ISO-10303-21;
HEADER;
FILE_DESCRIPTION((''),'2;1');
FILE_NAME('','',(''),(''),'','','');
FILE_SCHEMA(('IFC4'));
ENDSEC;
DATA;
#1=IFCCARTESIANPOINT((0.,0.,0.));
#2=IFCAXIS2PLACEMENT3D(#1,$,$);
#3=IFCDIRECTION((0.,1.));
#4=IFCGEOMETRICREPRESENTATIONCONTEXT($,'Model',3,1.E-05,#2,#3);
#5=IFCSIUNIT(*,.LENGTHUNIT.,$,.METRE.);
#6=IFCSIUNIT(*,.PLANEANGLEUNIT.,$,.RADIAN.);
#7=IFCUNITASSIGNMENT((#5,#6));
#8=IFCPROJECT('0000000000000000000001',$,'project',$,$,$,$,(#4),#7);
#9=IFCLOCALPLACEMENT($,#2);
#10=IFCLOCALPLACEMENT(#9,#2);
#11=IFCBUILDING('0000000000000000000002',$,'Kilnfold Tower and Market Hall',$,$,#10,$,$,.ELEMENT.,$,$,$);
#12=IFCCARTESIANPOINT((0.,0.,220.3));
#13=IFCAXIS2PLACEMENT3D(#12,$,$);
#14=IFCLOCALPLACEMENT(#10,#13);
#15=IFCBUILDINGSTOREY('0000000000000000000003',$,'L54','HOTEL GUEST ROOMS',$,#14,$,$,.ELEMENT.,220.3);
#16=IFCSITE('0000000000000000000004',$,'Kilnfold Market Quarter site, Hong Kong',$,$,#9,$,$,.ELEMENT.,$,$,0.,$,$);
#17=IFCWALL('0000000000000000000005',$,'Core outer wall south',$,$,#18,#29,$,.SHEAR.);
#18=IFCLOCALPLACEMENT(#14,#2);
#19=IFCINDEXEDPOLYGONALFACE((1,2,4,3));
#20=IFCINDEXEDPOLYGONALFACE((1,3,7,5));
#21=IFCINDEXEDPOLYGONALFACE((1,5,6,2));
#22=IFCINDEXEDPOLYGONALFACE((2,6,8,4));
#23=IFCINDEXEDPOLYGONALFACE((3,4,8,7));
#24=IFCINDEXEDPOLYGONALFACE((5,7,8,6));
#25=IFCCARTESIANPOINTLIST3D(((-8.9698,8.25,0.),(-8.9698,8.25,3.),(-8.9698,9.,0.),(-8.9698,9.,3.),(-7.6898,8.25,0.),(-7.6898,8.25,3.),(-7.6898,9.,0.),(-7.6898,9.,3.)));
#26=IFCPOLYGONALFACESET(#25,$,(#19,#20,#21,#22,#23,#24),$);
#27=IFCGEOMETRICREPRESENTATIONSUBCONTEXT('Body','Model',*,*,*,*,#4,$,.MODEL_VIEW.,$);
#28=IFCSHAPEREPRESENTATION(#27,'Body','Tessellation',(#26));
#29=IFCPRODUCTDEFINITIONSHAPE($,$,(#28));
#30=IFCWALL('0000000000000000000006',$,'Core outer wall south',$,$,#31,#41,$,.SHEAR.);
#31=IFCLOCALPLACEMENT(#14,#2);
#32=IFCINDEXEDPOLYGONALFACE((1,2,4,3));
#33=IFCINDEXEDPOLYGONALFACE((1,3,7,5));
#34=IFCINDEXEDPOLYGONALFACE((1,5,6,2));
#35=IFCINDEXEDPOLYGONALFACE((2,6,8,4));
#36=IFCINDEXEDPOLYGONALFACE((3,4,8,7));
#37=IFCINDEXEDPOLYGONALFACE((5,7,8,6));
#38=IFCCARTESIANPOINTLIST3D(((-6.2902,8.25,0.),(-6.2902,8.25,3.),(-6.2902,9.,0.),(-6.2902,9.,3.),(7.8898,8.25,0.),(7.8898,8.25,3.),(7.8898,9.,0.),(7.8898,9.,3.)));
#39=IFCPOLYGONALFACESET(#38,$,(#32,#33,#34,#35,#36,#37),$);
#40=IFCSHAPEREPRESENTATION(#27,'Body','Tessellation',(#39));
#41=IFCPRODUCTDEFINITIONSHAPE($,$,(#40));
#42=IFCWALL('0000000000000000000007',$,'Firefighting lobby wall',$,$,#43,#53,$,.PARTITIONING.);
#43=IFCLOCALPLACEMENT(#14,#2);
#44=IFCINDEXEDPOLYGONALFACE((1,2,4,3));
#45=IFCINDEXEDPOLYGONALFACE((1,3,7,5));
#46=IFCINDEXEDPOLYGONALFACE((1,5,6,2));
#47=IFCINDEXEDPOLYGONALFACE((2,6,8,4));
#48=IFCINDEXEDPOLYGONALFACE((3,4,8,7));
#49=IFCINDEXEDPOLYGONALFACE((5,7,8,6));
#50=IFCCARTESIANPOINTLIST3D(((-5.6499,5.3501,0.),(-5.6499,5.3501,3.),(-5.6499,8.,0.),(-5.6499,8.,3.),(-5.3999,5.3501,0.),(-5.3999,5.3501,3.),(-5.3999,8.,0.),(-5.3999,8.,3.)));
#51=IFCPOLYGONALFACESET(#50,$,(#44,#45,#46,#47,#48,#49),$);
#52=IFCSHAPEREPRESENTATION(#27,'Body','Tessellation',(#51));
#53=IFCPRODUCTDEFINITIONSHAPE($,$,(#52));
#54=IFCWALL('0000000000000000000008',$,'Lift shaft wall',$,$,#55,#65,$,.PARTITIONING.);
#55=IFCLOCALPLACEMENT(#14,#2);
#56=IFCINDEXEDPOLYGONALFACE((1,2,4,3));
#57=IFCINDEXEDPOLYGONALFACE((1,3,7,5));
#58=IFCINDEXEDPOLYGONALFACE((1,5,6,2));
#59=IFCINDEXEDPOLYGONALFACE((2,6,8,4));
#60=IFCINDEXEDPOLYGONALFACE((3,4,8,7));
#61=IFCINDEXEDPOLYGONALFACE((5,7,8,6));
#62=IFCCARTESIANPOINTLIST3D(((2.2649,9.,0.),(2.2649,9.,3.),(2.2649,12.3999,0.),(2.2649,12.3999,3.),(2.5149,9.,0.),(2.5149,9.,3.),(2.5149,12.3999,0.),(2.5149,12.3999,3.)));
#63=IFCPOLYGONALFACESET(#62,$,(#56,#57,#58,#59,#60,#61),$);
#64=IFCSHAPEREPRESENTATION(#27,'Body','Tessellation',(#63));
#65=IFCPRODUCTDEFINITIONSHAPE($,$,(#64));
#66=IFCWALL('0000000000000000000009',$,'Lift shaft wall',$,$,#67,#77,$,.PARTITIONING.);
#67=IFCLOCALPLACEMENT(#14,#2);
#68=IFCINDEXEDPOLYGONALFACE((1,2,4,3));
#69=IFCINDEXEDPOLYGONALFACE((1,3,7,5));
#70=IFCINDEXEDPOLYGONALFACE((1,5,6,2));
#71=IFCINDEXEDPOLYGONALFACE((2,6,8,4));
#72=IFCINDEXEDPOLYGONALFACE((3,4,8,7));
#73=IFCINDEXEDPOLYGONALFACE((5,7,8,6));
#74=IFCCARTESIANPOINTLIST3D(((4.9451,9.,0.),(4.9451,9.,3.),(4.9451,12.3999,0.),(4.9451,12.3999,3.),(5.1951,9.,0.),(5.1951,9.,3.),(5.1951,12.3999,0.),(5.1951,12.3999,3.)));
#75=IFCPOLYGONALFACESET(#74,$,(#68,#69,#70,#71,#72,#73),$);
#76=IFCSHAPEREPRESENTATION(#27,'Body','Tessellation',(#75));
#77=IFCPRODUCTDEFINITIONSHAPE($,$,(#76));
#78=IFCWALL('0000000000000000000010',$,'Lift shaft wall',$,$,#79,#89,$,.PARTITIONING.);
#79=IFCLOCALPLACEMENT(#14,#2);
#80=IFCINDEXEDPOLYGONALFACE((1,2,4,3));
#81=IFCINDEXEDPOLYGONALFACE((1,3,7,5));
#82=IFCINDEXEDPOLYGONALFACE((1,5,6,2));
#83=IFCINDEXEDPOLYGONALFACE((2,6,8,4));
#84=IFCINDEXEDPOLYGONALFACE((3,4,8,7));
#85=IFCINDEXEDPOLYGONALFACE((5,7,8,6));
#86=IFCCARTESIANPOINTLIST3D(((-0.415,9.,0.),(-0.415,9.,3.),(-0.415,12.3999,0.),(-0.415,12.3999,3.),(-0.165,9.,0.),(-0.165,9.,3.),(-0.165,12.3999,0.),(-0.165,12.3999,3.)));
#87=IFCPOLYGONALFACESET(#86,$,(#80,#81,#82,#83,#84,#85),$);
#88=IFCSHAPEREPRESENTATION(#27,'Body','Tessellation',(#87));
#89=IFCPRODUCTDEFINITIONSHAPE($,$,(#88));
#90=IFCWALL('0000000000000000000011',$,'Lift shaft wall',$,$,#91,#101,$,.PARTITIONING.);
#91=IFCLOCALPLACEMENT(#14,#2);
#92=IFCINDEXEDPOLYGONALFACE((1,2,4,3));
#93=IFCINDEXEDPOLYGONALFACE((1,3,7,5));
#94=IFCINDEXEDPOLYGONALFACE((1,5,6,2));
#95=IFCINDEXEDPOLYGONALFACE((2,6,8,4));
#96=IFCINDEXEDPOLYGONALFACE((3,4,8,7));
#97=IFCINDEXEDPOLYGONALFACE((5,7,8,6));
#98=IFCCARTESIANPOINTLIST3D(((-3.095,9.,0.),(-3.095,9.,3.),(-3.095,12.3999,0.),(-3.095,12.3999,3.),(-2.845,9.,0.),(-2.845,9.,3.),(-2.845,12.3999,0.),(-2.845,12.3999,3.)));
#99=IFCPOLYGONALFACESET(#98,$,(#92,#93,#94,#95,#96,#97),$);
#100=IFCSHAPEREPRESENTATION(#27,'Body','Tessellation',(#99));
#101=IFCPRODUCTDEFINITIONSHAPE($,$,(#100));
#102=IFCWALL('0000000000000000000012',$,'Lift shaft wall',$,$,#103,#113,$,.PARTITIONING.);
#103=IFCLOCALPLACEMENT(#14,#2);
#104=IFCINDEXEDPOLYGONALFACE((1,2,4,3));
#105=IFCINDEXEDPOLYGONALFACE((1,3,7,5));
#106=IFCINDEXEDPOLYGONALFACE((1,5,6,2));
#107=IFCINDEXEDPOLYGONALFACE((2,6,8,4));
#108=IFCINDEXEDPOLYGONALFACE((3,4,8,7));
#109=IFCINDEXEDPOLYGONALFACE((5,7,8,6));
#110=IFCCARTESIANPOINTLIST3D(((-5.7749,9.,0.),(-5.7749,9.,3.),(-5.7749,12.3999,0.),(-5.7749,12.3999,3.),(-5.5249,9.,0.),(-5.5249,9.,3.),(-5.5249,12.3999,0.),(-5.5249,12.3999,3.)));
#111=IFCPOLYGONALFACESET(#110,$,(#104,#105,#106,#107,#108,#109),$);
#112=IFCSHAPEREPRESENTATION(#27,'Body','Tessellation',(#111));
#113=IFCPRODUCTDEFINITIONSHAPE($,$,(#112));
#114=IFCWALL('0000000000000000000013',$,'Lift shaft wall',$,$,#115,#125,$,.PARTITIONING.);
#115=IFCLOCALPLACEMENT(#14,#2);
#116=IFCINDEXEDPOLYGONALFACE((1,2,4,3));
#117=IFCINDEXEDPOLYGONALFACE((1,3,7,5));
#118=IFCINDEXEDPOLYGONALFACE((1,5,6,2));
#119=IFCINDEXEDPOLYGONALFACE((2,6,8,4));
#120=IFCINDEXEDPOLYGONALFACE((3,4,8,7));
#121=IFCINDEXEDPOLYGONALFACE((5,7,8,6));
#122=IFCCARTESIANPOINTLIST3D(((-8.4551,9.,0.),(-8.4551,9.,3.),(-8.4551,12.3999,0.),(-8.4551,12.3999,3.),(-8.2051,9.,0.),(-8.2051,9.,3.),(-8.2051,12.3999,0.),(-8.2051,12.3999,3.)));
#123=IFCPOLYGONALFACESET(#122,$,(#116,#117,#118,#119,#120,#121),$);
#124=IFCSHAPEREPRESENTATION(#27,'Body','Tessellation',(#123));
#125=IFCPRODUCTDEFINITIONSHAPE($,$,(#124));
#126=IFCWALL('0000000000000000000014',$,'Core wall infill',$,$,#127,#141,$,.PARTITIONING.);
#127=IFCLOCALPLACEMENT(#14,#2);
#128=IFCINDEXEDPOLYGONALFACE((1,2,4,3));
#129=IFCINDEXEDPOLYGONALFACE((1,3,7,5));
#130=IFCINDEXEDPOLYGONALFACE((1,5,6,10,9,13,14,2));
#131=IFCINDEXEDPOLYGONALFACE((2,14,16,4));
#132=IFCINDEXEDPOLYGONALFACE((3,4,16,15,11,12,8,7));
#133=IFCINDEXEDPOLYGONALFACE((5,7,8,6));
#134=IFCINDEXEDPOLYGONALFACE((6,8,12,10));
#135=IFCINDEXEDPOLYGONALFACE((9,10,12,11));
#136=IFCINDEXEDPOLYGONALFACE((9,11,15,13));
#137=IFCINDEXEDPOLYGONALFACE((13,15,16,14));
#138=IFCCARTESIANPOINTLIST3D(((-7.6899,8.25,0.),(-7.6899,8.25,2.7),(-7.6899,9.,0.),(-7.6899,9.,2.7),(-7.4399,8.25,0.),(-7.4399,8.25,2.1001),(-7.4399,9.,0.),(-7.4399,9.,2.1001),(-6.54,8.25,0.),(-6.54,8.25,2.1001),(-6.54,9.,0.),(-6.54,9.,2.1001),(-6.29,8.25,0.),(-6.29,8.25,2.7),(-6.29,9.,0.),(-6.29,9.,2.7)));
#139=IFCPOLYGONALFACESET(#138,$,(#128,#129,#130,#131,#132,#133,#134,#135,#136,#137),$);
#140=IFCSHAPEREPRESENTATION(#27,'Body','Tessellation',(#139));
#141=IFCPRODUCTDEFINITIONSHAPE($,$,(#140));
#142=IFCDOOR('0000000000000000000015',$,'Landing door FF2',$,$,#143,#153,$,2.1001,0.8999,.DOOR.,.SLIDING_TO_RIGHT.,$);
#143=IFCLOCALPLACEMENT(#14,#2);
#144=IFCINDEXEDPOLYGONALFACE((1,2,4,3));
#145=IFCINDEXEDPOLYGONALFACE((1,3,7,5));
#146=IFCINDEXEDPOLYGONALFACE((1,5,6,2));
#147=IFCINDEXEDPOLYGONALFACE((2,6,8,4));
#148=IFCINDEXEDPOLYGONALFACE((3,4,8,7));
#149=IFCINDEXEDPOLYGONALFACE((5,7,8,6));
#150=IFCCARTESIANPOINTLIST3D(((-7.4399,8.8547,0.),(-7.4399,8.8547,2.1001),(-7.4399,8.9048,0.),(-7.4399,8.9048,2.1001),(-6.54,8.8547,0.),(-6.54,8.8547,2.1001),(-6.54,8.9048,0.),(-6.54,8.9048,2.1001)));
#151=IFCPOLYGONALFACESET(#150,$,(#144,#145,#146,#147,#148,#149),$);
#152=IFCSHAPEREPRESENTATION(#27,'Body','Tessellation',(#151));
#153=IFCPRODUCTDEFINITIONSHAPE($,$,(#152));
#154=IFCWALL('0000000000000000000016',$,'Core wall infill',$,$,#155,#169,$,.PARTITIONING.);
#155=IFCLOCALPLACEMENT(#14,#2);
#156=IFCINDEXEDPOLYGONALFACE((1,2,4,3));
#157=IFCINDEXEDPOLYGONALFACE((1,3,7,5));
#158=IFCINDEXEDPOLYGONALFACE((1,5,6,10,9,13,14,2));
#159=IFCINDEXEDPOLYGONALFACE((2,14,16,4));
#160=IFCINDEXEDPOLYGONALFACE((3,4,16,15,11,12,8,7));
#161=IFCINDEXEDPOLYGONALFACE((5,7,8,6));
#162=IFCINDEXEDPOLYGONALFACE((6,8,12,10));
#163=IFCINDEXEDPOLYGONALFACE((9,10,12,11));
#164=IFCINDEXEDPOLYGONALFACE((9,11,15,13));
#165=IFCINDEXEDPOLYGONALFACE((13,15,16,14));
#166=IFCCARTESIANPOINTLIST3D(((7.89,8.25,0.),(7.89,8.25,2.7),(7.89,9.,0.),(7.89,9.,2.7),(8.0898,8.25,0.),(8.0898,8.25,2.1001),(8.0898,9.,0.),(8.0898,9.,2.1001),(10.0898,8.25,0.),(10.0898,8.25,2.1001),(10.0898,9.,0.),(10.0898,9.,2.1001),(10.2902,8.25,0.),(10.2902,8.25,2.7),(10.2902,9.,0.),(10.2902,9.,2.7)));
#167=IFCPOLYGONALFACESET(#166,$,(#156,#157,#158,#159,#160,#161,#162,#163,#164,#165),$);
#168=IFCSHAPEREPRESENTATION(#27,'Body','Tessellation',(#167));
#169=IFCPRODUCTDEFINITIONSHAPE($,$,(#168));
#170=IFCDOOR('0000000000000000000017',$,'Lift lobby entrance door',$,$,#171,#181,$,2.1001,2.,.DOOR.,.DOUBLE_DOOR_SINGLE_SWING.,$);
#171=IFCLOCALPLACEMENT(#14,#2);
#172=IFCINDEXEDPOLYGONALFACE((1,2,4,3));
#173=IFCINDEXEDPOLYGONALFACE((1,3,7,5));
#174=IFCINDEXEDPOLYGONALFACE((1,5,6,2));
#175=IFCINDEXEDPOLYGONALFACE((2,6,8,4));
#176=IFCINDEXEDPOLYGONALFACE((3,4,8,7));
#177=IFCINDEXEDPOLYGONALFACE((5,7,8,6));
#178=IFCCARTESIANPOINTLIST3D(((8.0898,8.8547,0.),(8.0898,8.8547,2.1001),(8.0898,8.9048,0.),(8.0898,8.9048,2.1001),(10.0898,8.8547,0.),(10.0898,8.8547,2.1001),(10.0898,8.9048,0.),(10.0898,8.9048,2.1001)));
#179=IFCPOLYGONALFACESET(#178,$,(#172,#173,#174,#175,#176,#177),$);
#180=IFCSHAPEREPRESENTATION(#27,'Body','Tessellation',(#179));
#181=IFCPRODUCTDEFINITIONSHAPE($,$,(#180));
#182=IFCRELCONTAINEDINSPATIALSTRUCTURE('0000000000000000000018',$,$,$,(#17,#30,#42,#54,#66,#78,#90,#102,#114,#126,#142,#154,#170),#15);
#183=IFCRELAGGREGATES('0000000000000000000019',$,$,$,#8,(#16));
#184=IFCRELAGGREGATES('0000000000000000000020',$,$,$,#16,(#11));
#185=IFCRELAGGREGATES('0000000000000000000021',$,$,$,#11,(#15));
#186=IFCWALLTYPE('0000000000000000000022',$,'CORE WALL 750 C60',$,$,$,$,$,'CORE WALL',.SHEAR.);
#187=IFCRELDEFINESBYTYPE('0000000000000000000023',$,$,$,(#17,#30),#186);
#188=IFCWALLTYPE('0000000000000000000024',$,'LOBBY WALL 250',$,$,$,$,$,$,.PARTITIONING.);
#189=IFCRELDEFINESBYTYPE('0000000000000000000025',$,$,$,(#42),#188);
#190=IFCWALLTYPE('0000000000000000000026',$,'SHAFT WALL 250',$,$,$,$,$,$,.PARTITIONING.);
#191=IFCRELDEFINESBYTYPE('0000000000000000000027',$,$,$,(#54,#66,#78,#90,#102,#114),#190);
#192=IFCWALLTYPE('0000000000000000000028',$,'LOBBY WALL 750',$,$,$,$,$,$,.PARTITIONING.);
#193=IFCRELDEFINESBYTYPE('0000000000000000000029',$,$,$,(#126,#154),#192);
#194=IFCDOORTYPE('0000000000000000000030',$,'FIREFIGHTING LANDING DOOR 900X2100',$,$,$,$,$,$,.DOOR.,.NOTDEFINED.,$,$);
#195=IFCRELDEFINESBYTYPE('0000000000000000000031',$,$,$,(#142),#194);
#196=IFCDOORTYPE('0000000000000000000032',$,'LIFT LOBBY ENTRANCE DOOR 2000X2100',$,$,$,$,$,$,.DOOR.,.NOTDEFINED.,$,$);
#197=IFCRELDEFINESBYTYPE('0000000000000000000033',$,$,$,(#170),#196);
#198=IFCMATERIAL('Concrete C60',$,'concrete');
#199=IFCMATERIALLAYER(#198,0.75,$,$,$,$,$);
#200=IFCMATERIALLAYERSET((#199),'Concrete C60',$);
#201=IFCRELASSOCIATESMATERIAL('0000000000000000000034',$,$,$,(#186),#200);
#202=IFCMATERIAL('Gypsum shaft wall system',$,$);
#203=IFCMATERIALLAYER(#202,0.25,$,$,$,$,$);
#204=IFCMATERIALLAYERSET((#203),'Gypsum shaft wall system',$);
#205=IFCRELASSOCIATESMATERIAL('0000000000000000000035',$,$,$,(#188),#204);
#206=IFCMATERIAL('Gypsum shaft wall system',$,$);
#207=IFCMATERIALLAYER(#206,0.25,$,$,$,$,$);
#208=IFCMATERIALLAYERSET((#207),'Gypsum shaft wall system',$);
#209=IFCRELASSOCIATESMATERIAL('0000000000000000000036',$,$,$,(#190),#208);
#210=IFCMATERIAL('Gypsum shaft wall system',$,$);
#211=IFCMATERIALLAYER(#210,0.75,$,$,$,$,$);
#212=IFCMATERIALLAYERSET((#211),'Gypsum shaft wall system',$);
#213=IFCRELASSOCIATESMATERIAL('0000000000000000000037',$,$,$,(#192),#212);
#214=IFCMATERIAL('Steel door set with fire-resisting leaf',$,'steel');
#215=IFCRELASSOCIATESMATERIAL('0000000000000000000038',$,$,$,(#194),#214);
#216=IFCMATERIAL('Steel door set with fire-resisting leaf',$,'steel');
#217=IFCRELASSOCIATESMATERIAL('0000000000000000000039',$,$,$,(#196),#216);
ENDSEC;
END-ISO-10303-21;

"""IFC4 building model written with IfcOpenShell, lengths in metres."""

from ifc_helpers import new_model, si_unit, direction, frame, frame_2d, origin, place, context, subcontext, project, spatial, rectangle, extrude, source, transform, mapped, material, layer, layer_set, type_object, element, fill, save


model = new_model("IFC4")

# Units and contexts
model_context = context("Model", 3, precision=1e-05, world=origin(), true_north=direction((0.0, 1.0)))
body_context = subcontext(model_context, "Body", "Model", "MODEL_VIEW")
ifc_project = project(units=[si_unit("LENGTHUNIT", "METRE"), si_unit("PLANEANGLEUNIT", "RADIAN")], contexts=[model_context])

# Site, building, storey
site_placement = place(None, origin())
site = spatial("IfcSite", under=ifc_project, at=site_placement, Name="Kilnfold Market Quarter site, Hong Kong", CompositionType="ELEMENT", RefElevation=0.0)
building_placement = place(site_placement, origin())
building = spatial("IfcBuilding", under=site, at=building_placement, Name="Kilnfold Tower and Market Hall", CompositionType="ELEMENT")
storey_placement = place(building_placement, frame((0.0, 0.0, 220.3)))
storey = spatial("IfcBuildingStorey", under=building, at=storey_placement, Name="L54", Description="HOTEL GUEST ROOMS", CompositionType="ELEMENT", Elevation=220.3)

# Walls
ifc_material_1 = material(Name="Concrete C60", Category="concrete")
ifc_layer_1 = layer(ifc_material_1, 0.75)
ifc_layer_set_1 = layer_set([ifc_layer_1], Name="Concrete C60")
wall_type_1 = type_object("IfcWallType", Name="CORE WALL 750 C60", ElementType="CORE WALL", PredefinedType="SHEAR", material=ifc_layer_set_1)
shared_shape_1 = source(origin(), body_context, "Body", "SweptSolid", [
    extrude(rectangle(XDim=1.28, YDim=0.75, at=frame_2d((0.6401, 0.0))), origin(), (0.0, 0.0, 1.0), 3.0),
])
wall_1_placement = place(storey_placement, frame((-8.97, 8.625, 0.0), z_axis=(0.0, 0.0, 1.0), x_axis=(1.0, 0.0, 0.0)))
element("IfcWall", 1, at=wall_1_placement, inside=storey, type_object=wall_type_1, Name="Core outer wall south", PredefinedType="SHEAR", context=body_context, shape_type="MappedRepresentation", body=[
    mapped(shared_shape_1, transform((0.0, 0.0, 0.0))),
])
shared_shape_2 = source(origin(), body_context, "Body", "SweptSolid", [
    extrude(rectangle(XDim=14.1799, YDim=0.75, at=frame_2d((7.0898, 0.0))), origin(), (0.0, 0.0, 1.0), 3.0),
])
wall_2_placement = place(storey_placement, frame((-6.29, 8.625, 0.0), z_axis=(0.0, 0.0, 1.0), x_axis=(1.0, 0.0, 0.0)))
element("IfcWall", 2, at=wall_2_placement, inside=storey, type_object=wall_type_1, Name="Core outer wall south", PredefinedType="SHEAR", context=body_context, shape_type="MappedRepresentation", body=[
    mapped(shared_shape_2, transform((0.0, 0.0, 0.0))),
])
ifc_material_2 = material(Name="Gypsum shaft wall system")
ifc_layer_2 = layer(ifc_material_2, 0.25)
ifc_layer_set_2 = layer_set([ifc_layer_2], Name="Gypsum shaft wall system")
wall_type_2 = type_object("IfcWallType", Name="LOBBY WALL 250", PredefinedType="PARTITIONING", material=ifc_layer_set_2)
shared_shape_3 = source(origin(), body_context, "Body", "SweptSolid", [
    extrude(rectangle(XDim=2.6499, YDim=0.25, at=frame_2d((1.325, 0.0))), origin(), (0.0, 0.0, 1.0), 3.0),
])
wall_3_placement = place(storey_placement, frame((-5.5249, 5.3501, 0.0), z_axis=(0.0, 0.0, 1.0), x_axis=(0.0, 1.0, 0.0)))
element("IfcWall", 3, at=wall_3_placement, inside=storey, type_object=wall_type_2, Name="Firefighting lobby wall", PredefinedType="PARTITIONING", context=body_context, shape_type="MappedRepresentation", body=[
    mapped(shared_shape_3, transform((0.0, 0.0, 0.0))),
])
ifc_material_3 = material(Name="Gypsum shaft wall system")
ifc_layer_3 = layer(ifc_material_3, 0.25)
ifc_layer_set_3 = layer_set([ifc_layer_3], Name="Gypsum shaft wall system")
wall_type_3 = type_object("IfcWallType", Name="SHAFT WALL 250", PredefinedType="PARTITIONING", material=ifc_layer_set_3)
shared_shape_4 = source(origin(), body_context, "Body", "SweptSolid", [
    extrude(rectangle(XDim=3.3999, YDim=0.25, at=frame_2d((1.7, 0.0))), origin(), (0.0, 0.0, 1.0), 3.0),
])
for number, where, z_axis, x_axis, name in (
    (4, (2.3899, 9.0, 0.0), (0.0, 0.0, 1.0), (0.0, 1.0, 0.0), "Lift shaft wall"),
    (5, (5.0701, 9.0, 0.0), (0.0, 0.0, 1.0), (0.0, 1.0, 0.0), "Lift shaft wall"),
    (6, (-0.29, 9.0, 0.0), (0.0, 0.0, 1.0), (0.0, 1.0, 0.0), "Lift shaft wall"),
    (7, (-2.97, 9.0, 0.0), (0.0, 0.0, 1.0), (0.0, 1.0, 0.0), "Lift shaft wall"),
    (8, (-5.6499, 9.0, 0.0), (0.0, 0.0, 1.0), (0.0, 1.0, 0.0), "Lift shaft wall"),
    (9, (-8.3301, 9.0, 0.0), (0.0, 0.0, 1.0), (0.0, 1.0, 0.0), "Lift shaft wall"),
):
    element("IfcWall", number, at=place(storey_placement, frame(where, z_axis=z_axis, x_axis=x_axis)), inside=storey, type_object=wall_type_3, Name=name, PredefinedType="PARTITIONING", context=body_context, shape_type="MappedRepresentation", body=[
        mapped(shared_shape_4, transform((0.0, 0.0, 0.0))),
    ])

# Walls, openings, doors
ifc_material_4 = material(Name="Gypsum shaft wall system")
ifc_layer_4 = layer(ifc_material_4, 0.75)
ifc_layer_set_4 = layer_set([ifc_layer_4], Name="Gypsum shaft wall system")
wall_type_4 = type_object("IfcWallType", Name="LOBBY WALL 750", PredefinedType="PARTITIONING", material=ifc_layer_set_4)
shared_shape_5 = source(origin(), body_context, "Body", "SweptSolid", [
    extrude(rectangle(XDim=1.3999, YDim=0.75, at=frame_2d((0.7, 0.0))), origin(), (0.0, 0.0, 1.0), 2.7),
])
wall_4_placement = place(storey_placement, frame((-7.6899, 8.625, 0.0), z_axis=(0.0, 0.0, 1.0), x_axis=(1.0, 0.0, 0.0)))
wall_4 = element("IfcWall", 10, at=wall_4_placement, inside=storey, type_object=wall_type_4, Name="Core wall infill", PredefinedType="PARTITIONING", context=body_context, shape_type="MappedRepresentation", body=[
    mapped(shared_shape_5, transform((0.0, 0.0, 0.0))),
])
opening_1_placement = place(wall_4_placement, frame((0.25, 0.0, 0.0)))
opening_1 = element("IfcOpeningElement", 11, at=opening_1_placement, cuts=wall_4, PredefinedType="OPENING", context=body_context, shape_type="SweptSolid", body=[
    extrude(rectangle(XDim=0.8999, YDim=2.1001, at=frame_2d((0.45, 1.05))), frame((0.0, 0.385, 0.0), z_axis=(0.0, -1.0, 0.0), x_axis=(1.0, 0.0, 0.0)), (0.0, 0.0, 1.0), 0.77),
])
ifc_material_5 = material(Name="Steel door set with fire-resisting leaf", Category="steel")
door_type_1 = type_object("IfcDoorType", Name="FIREFIGHTING LANDING DOOR 900X2100", OperationType="NOTDEFINED", PredefinedType="DOOR", material=ifc_material_5)
door_1_placement = place(opening_1_placement, origin())
door_1 = element("IfcDoor", 12, at=door_1_placement, inside=storey, type_object=door_type_1, Name="Landing door FF2", OperationType="SLIDING_TO_RIGHT", OverallHeight=2.1001, OverallWidth=0.8999, PredefinedType="DOOR", context=body_context, shape_type="SweptSolid", body=[
    extrude(rectangle(XDim=0.8999, YDim=2.1001, at=frame_2d((0.45, 1.05))), frame((0.0, 0.2798, 0.0), z_axis=(0.0, -1.0, 0.0), x_axis=(1.0, 0.0, 0.0)), (0.0, 0.0, 1.0), 0.05),
])
fill(opening_1, door_1)
shared_shape_6 = source(origin(), body_context, "Body", "SweptSolid", [
    extrude(rectangle(XDim=2.4001, YDim=0.75, at=frame_2d((1.2002, 0.0))), origin(), (0.0, 0.0, 1.0), 2.7),
])
wall_5_placement = place(storey_placement, frame((7.8899, 8.625, 0.0), z_axis=(0.0, 0.0, 1.0), x_axis=(1.0, 0.0, 0.0)))
wall_5 = element("IfcWall", 13, at=wall_5_placement, inside=storey, type_object=wall_type_4, Name="Core wall infill", PredefinedType="PARTITIONING", context=body_context, shape_type="MappedRepresentation", body=[
    mapped(shared_shape_6, transform((0.0, 0.0, 0.0))),
])
opening_2_placement = place(wall_5_placement, frame((0.2, 0.0, 0.0)))
opening_2 = element("IfcOpeningElement", 14, at=opening_2_placement, cuts=wall_5, PredefinedType="OPENING", context=body_context, shape_type="SweptSolid", body=[
    extrude(rectangle(XDim=2.0, YDim=2.1001, at=frame_2d((1.0, 1.05))), frame((0.0, 0.385, 0.0), z_axis=(0.0, -1.0, 0.0), x_axis=(1.0, 0.0, 0.0)), (0.0, 0.0, 1.0), 0.77),
])
ifc_material_6 = material(Name="Steel door set with fire-resisting leaf", Category="steel")
door_type_2 = type_object("IfcDoorType", Name="LIFT LOBBY ENTRANCE DOOR 2000X2100", OperationType="NOTDEFINED", PredefinedType="DOOR", material=ifc_material_6)
door_2_placement = place(opening_2_placement, origin())
door_2 = element("IfcDoor", 15, at=door_2_placement, inside=storey, type_object=door_type_2, Name="Lift lobby entrance door", OperationType="DOUBLE_DOOR_SINGLE_SWING", OverallHeight=2.1001, OverallWidth=2.0, PredefinedType="DOOR", context=body_context, shape_type="SweptSolid", body=[
    extrude(rectangle(XDim=2.0, YDim=2.1001, at=frame_2d((1.0, 1.05))), frame((0.0, 0.2798, 0.0), z_axis=(0.0, -1.0, 0.0), x_axis=(1.0, 0.0, 0.0)), (0.0, 0.0, 1.0), 0.05),
])
fill(opening_2, door_2)

save(model, "model.ifc")
